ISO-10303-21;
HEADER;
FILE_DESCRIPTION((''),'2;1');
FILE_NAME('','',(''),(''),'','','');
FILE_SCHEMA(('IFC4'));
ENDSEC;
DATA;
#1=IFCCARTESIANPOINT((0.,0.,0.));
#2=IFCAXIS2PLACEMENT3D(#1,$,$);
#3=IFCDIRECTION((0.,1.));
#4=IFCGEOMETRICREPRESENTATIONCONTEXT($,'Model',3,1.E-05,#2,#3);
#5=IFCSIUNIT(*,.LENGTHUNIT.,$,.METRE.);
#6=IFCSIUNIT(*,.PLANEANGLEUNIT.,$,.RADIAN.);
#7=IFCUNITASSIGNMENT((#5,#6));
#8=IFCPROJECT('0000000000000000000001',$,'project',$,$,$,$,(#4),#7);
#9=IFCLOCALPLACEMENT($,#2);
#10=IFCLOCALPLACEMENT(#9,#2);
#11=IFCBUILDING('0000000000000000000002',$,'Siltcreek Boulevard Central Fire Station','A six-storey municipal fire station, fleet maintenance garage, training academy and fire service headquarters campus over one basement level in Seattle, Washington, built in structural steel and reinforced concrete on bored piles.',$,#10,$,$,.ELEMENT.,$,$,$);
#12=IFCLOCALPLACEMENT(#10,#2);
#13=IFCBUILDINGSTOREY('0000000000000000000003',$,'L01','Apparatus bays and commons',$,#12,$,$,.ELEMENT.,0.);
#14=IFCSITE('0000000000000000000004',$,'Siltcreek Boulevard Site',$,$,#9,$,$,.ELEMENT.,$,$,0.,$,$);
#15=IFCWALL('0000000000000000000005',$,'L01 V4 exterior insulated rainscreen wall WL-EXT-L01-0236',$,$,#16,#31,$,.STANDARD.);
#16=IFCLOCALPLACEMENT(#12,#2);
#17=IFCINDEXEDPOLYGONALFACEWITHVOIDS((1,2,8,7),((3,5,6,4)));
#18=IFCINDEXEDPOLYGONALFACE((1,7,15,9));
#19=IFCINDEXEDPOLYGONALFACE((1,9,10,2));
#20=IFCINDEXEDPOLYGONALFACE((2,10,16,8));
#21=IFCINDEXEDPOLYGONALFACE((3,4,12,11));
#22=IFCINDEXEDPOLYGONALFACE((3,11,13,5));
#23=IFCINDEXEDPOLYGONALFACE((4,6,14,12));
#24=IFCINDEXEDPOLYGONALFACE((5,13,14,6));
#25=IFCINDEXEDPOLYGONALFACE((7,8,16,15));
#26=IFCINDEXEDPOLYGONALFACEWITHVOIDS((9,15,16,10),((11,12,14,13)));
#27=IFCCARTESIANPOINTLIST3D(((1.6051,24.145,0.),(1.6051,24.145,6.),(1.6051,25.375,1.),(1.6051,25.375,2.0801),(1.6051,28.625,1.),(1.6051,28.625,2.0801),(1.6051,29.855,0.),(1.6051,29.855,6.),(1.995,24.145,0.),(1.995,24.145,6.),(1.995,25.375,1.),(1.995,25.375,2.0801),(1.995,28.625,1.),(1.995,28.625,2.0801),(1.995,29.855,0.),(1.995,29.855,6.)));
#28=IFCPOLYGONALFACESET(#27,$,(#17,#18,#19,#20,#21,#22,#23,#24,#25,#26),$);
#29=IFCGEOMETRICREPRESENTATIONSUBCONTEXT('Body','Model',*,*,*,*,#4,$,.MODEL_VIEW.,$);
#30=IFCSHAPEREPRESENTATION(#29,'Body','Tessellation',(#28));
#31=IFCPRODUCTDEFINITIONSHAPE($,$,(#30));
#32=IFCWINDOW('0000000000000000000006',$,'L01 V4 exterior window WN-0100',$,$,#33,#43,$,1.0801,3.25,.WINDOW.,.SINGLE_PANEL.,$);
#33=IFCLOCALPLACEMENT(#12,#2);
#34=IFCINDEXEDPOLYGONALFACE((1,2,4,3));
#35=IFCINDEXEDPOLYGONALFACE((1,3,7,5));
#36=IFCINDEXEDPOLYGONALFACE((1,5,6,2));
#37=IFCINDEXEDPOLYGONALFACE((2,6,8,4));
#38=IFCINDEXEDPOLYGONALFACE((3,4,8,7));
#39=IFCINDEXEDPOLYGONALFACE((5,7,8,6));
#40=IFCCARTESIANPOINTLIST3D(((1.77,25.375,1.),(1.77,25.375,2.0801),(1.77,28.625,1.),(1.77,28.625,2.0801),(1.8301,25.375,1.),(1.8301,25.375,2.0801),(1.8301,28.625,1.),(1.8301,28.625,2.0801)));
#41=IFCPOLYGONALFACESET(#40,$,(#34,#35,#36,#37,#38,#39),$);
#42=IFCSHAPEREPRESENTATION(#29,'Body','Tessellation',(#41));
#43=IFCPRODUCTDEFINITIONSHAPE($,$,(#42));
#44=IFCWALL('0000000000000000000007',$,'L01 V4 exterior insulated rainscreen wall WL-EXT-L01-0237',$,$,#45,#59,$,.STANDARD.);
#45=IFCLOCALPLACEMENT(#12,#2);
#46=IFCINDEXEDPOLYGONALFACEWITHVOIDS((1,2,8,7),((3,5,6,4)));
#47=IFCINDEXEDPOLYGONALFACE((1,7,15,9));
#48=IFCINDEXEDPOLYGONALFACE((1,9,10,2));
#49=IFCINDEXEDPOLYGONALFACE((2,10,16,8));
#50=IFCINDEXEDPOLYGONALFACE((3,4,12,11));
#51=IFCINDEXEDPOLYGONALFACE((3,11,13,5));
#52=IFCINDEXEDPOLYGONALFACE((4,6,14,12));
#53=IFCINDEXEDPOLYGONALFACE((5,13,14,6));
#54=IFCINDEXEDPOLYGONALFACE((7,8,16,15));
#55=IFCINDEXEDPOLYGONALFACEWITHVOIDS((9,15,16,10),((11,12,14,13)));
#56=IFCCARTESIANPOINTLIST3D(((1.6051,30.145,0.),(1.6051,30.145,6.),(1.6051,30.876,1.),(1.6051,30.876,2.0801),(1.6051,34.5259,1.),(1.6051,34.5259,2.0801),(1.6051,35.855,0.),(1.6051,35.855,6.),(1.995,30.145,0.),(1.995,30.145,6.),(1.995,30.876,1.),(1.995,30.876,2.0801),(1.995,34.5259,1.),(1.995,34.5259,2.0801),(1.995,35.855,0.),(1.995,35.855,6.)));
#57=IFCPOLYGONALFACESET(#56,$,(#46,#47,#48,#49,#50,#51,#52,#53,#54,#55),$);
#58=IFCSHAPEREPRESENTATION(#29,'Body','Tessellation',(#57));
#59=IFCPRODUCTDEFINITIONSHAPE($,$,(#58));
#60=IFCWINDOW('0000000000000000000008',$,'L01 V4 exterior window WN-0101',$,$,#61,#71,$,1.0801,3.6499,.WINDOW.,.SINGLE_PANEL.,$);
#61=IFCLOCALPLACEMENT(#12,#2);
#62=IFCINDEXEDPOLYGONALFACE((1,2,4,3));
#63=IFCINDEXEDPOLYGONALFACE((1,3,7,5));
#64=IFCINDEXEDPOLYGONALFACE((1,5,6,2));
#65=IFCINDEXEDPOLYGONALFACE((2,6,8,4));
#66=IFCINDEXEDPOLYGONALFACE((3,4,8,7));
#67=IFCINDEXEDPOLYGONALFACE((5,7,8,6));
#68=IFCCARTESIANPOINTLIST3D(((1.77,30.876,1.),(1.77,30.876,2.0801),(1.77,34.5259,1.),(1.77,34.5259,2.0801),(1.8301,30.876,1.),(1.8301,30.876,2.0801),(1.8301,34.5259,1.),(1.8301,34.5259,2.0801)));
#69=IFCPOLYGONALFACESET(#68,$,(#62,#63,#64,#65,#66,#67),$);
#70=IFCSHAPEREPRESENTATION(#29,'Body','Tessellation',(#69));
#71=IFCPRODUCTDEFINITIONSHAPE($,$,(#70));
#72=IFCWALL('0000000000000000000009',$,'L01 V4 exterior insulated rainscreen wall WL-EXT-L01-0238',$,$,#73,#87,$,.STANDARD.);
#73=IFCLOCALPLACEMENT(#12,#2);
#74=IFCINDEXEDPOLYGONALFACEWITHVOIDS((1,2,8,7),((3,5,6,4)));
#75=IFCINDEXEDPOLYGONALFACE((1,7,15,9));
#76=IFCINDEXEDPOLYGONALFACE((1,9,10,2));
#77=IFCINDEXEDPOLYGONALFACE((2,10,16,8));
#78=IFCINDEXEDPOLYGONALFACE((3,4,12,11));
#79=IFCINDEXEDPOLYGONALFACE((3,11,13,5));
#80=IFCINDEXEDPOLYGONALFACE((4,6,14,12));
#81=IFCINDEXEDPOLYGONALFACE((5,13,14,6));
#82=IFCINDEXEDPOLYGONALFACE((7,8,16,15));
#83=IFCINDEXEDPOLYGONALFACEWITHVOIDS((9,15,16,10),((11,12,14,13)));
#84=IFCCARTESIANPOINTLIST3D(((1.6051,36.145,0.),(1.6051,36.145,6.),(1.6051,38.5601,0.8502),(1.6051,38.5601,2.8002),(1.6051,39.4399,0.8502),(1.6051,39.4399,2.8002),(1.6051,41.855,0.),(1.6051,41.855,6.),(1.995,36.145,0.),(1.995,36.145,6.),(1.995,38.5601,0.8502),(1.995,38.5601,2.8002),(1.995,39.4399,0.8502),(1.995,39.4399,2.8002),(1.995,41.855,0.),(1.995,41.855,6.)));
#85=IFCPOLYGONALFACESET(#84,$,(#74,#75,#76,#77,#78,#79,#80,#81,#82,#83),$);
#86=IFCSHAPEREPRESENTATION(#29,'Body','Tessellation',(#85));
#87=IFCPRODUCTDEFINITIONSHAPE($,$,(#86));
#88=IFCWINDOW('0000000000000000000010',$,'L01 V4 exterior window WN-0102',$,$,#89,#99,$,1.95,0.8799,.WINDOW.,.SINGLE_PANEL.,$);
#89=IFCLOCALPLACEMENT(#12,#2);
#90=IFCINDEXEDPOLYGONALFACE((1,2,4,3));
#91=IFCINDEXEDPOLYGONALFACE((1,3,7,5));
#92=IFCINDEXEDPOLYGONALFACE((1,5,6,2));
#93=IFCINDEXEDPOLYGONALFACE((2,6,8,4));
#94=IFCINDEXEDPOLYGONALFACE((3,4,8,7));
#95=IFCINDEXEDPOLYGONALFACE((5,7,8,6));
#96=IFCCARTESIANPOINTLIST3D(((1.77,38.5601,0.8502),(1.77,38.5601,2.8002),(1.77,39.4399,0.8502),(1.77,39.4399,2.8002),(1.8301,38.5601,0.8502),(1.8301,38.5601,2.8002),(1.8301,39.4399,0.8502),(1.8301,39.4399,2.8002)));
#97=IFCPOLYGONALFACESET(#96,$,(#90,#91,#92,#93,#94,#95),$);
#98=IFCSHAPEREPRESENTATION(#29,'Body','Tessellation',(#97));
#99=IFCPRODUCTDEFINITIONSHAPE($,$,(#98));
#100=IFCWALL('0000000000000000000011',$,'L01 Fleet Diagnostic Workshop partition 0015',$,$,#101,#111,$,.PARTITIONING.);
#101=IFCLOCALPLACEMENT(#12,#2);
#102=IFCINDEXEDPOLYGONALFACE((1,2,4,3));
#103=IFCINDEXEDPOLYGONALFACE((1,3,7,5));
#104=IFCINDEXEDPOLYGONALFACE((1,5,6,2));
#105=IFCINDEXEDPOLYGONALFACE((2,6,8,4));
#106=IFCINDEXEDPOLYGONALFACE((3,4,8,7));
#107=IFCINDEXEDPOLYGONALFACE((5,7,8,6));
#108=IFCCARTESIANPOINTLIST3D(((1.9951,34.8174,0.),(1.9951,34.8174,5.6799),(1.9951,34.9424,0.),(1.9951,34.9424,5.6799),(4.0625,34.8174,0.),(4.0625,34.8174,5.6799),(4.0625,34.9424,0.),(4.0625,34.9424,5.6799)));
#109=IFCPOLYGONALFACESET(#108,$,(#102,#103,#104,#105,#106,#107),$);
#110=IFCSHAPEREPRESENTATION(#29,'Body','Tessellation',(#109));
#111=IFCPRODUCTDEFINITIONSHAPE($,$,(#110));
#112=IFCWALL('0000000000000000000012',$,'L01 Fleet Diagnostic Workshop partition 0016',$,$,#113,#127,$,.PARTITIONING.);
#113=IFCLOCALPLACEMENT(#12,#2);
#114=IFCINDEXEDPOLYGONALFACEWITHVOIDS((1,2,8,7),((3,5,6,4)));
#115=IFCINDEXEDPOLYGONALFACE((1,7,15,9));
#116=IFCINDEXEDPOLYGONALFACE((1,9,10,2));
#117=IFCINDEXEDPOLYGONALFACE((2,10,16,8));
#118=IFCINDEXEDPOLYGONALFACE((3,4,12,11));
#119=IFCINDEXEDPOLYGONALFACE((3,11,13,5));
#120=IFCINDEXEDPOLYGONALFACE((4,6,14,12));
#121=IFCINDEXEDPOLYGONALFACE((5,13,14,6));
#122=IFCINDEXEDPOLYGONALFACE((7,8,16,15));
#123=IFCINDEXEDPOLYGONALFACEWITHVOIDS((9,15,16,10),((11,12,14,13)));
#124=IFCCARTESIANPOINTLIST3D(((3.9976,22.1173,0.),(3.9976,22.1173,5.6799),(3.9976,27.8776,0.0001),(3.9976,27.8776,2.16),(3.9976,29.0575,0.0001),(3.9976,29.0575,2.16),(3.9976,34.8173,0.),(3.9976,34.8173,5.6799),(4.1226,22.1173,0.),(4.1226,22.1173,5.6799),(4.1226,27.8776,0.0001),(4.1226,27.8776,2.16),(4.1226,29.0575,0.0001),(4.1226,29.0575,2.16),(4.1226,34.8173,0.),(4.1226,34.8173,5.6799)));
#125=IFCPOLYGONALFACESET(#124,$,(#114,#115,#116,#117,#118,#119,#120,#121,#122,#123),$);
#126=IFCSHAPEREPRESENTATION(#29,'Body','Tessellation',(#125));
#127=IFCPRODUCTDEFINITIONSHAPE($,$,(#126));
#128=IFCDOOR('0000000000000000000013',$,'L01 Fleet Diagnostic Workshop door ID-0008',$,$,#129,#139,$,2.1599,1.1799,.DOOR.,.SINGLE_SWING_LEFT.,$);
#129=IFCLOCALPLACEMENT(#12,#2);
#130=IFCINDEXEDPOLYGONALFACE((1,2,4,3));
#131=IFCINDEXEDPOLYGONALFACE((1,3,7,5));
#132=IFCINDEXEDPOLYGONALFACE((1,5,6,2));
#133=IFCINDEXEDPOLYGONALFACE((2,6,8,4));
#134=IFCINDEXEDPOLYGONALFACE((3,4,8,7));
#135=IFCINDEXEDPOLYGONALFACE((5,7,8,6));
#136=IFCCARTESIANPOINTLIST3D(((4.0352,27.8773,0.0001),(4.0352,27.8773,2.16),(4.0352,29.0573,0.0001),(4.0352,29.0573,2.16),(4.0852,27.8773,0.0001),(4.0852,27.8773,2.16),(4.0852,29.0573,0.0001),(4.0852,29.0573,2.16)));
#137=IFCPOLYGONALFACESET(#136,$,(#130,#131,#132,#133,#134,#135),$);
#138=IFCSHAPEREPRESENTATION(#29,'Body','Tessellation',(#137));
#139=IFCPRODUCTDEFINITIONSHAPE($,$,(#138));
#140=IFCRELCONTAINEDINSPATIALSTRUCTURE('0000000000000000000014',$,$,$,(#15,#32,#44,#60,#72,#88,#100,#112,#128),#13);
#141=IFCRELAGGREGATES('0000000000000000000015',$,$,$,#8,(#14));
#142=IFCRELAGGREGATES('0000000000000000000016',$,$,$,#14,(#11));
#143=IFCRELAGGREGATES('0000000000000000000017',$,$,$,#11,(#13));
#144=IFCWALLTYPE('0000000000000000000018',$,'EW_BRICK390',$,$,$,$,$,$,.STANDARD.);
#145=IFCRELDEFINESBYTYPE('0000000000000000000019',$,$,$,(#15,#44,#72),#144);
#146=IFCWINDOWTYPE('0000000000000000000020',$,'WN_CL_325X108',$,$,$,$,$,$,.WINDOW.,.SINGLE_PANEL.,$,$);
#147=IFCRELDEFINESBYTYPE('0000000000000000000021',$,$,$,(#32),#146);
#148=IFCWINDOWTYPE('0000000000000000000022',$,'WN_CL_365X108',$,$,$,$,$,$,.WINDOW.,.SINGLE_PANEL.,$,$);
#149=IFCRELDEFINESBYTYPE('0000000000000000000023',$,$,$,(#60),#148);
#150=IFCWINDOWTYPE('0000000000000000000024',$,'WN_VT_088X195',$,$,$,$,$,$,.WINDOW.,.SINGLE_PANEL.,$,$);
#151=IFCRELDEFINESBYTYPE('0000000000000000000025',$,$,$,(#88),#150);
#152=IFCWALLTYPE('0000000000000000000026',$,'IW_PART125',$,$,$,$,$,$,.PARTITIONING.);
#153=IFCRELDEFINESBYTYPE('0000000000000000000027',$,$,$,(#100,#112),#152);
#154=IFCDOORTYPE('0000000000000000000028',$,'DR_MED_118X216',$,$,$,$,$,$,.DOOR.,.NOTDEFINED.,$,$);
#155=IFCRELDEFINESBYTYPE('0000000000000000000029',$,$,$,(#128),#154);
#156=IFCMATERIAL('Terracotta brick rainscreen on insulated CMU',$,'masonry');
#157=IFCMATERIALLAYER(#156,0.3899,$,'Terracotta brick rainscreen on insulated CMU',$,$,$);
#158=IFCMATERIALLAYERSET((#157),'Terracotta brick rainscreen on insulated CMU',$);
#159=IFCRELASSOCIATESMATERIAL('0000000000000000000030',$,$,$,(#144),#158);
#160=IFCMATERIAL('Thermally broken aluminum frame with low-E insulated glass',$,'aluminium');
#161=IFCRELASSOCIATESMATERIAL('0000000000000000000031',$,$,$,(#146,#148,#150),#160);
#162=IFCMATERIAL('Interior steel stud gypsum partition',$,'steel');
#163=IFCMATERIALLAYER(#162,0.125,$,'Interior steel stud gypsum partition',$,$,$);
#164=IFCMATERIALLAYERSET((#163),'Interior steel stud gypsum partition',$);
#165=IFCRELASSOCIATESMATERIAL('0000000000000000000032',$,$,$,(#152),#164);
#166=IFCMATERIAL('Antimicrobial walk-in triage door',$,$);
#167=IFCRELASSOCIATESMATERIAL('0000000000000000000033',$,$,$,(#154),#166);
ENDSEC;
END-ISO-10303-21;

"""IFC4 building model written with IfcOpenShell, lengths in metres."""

from ifc_helpers import new_model, si_unit, direction, frame, frame_2d, origin, place, context, subcontext, project, spatial, rectangle, extrude, material, layer, layer_set, type_object, element, fill, save


model = new_model("IFC4")

# Units and contexts
model_context = context("Model", 3, precision=1e-05, world=origin(), true_north=direction((0.0, 1.0)))
body_context = subcontext(model_context, "Body", "Model", "MODEL_VIEW")
ifc_project = project(units=[si_unit("LENGTHUNIT", "METRE"), si_unit("PLANEANGLEUNIT", "RADIAN")], contexts=[model_context])

# Site, building, storey
site_placement = place(None, origin())
site = spatial("IfcSite", under=ifc_project, at=site_placement, Name="Siltcreek Boulevard Site", CompositionType="ELEMENT", RefElevation=0.0)
building_placement = place(site_placement, origin())
building = spatial("IfcBuilding", under=site, at=building_placement, Name="Siltcreek Boulevard Central Fire Station", Description="A six-storey municipal fire station, fleet maintenance garage, training academy and fire service headquarters campus over one basement level in Seattle, Washington, built in structural steel and reinforced concrete on bored piles.", CompositionType="ELEMENT")
storey_placement = place(building_placement, origin())
storey = spatial("IfcBuildingStorey", under=building, at=storey_placement, Name="L01", Description="Apparatus bays and commons", CompositionType="ELEMENT", Elevation=0.0)

# Walls, openings, windows
ifc_material_1 = material(Name="Terracotta brick rainscreen on insulated CMU", Category="masonry")
ifc_layer_1 = layer(ifc_material_1, 0.3899, Name="Terracotta brick rainscreen on insulated CMU")
ifc_layer_set_1 = layer_set([ifc_layer_1], Name="Terracotta brick rainscreen on insulated CMU")
wall_type_1 = type_object("IfcWallType", Name="EW_BRICK390", PredefinedType="STANDARD", material=ifc_layer_set_1)
wall_1_placement = place(storey_placement, frame((1.8, 29.855, 0.0), z_axis=(0.0, 0.0, 1.0), x_axis=(0.0, -1.0, 0.0)))
wall_1 = element("IfcWall", 1, at=wall_1_placement, inside=storey, type_object=wall_type_1, Name="L01 V4 exterior insulated rainscreen wall WL-EXT-L01-0236", PredefinedType="STANDARD", context=body_context, shape_type="SweptSolid", body=[
    extrude(rectangle(XDim=5.71, YDim=0.3899, at=frame_2d((2.855, 0.0))), origin(), (0.0, 0.0, 1.0), 6.0),
])
opening_1_placement = place(wall_1_placement, frame((1.23, 0.0, 1.0)))
opening_1 = element("IfcOpeningElement", 2, at=opening_1_placement, cuts=wall_1, PredefinedType="OPENING", context=body_context, shape_type="SweptSolid", body=[
    extrude(rectangle(XDim=3.25, YDim=1.0801, at=frame_2d((1.625, 0.54))), frame((0.0, 0.2048, 0.0), z_axis=(0.0, -1.0, 0.0), x_axis=(1.0, 0.0, 0.0)), (0.0, 0.0, 1.0), 0.4099),
])
ifc_material_2 = material(Name="Thermally broken aluminum frame with low-E insulated glass", Category="aluminium")
window_type_1 = type_object("IfcWindowType", Name="WN_CL_325X108", PartitioningType="SINGLE_PANEL", PredefinedType="WINDOW", material=ifc_material_2)
window_1_placement = place(opening_1_placement, origin())
window_1 = element("IfcWindow", 3, at=window_1_placement, inside=storey, type_object=window_type_1, Name="L01 V4 exterior window WN-0100", OverallHeight=1.0801, OverallWidth=3.25, PartitioningType="SINGLE_PANEL", PredefinedType="WINDOW", context=body_context, shape_type="SweptSolid", body=[
    extrude(rectangle(XDim=3.25, YDim=1.0801, at=frame_2d((1.625, 0.54))), frame((0.0, 0.03, 0.0), z_axis=(0.0, -1.0, 0.0), x_axis=(1.0, 0.0, 0.0)), (0.0, 0.0, 1.0), 0.0601),
])
fill(opening_1, window_1)
wall_2_placement = place(storey_placement, frame((1.8, 35.855, 0.0), z_axis=(0.0, 0.0, 1.0), x_axis=(0.0, -1.0, 0.0)))
wall_2 = element("IfcWall", 4, at=wall_2_placement, inside=storey, type_object=wall_type_1, Name="L01 V4 exterior insulated rainscreen wall WL-EXT-L01-0237", PredefinedType="STANDARD", context=body_context, shape_type="SweptSolid", body=[
    extrude(rectangle(XDim=5.71, YDim=0.3899, at=frame_2d((2.855, 0.0))), origin(), (0.0, 0.0, 1.0), 6.0),
])
opening_2_placement = place(wall_2_placement, frame((1.3291, 0.0, 1.0)))
opening_2 = element("IfcOpeningElement", 5, at=opening_2_placement, cuts=wall_2, PredefinedType="OPENING", context=body_context, shape_type="SweptSolid", body=[
    extrude(rectangle(XDim=3.6499, YDim=1.0801, at=frame_2d((1.825, 0.54))), frame((0.0, 0.2048, 0.0), z_axis=(0.0, -1.0, 0.0), x_axis=(1.0, 0.0, 0.0)), (0.0, 0.0, 1.0), 0.4099),
])
window_type_2 = type_object("IfcWindowType", Name="WN_CL_365X108", PartitioningType="SINGLE_PANEL", PredefinedType="WINDOW", material=ifc_material_2)
window_2_placement = place(opening_2_placement, origin())
window_2 = element("IfcWindow", 6, at=window_2_placement, inside=storey, type_object=window_type_2, Name="L01 V4 exterior window WN-0101", OverallHeight=1.0801, OverallWidth=3.6499, PartitioningType="SINGLE_PANEL", PredefinedType="WINDOW", context=body_context, shape_type="SweptSolid", body=[
    extrude(rectangle(XDim=3.6499, YDim=1.0801, at=frame_2d((1.825, 0.54))), frame((0.0, 0.03, 0.0), z_axis=(0.0, -1.0, 0.0), x_axis=(1.0, 0.0, 0.0)), (0.0, 0.0, 1.0), 0.0601),
])
fill(opening_2, window_2)
wall_3_placement = place(storey_placement, frame((1.8, 41.855, 0.0), z_axis=(0.0, 0.0, 1.0), x_axis=(0.0, -1.0, 0.0)))
wall_3 = element("IfcWall", 7, at=wall_3_placement, inside=storey, type_object=wall_type_1, Name="L01 V4 exterior insulated rainscreen wall WL-EXT-L01-0238", PredefinedType="STANDARD", context=body_context, shape_type="SweptSolid", body=[
    extrude(rectangle(XDim=5.71, YDim=0.3899, at=frame_2d((2.855, 0.0))), origin(), (0.0, 0.0, 1.0), 6.0),
])
opening_3_placement = place(wall_3_placement, frame((2.415, 0.0, 0.8501)))
opening_3 = element("IfcOpeningElement", 8, at=opening_3_placement, cuts=wall_3, PredefinedType="OPENING", context=body_context, shape_type="SweptSolid", body=[
    extrude(rectangle(XDim=0.8799, YDim=1.95, at=frame_2d((0.4399, 0.9751))), frame((0.0, 0.2048, 0.0), z_axis=(0.0, -1.0, 0.0), x_axis=(1.0, 0.0, 0.0)), (0.0, 0.0, 1.0), 0.4099),
])
window_type_3 = type_object("IfcWindowType", Name="WN_VT_088X195", PartitioningType="SINGLE_PANEL", PredefinedType="WINDOW", material=ifc_material_2)
window_3_placement = place(opening_3_placement, origin())
window_3 = element("IfcWindow", 9, at=window_3_placement, inside=storey, type_object=window_type_3, Name="L01 V4 exterior window WN-0102", OverallHeight=1.95, OverallWidth=0.8799, PartitioningType="SINGLE_PANEL", PredefinedType="WINDOW", context=body_context, shape_type="SweptSolid", body=[
    extrude(rectangle(XDim=0.8799, YDim=1.95, at=frame_2d((0.4399, 0.9751))), frame((0.0, 0.03, 0.0), z_axis=(0.0, -1.0, 0.0), x_axis=(1.0, 0.0, 0.0)), (0.0, 0.0, 1.0), 0.0601),
])
fill(opening_3, window_3)

# Wall
ifc_material_3 = material(Name="Interior steel stud gypsum partition", Category="steel")
ifc_layer_2 = layer(ifc_material_3, 0.125, Name="Interior steel stud gypsum partition")
ifc_layer_set_2 = layer_set([ifc_layer_2], Name="Interior steel stud gypsum partition")
wall_type_2 = type_object("IfcWallType", Name="IW_PART125", PredefinedType="PARTITIONING", material=ifc_layer_set_2)
wall_4_placement = place(storey_placement, frame((1.9951, 34.8799, 0.0), z_axis=(0.0, 0.0, 1.0), x_axis=(1.0, 0.0, 0.0)))
element("IfcWall", 10, at=wall_4_placement, inside=storey, type_object=wall_type_2, Name="L01 Fleet Diagnostic Workshop partition 0015", PredefinedType="PARTITIONING", context=body_context, shape_type="SweptSolid", body=[
    extrude(rectangle(XDim=2.0674, YDim=0.125, at=frame_2d((1.0337, 0.0))), origin(), (0.0, 0.0, 1.0), 5.6799),
])

# Wall, opening, door
wall_5_placement = place(storey_placement, frame((4.0601, 34.8174, 0.0), z_axis=(0.0, 0.0, 1.0), x_axis=(0.0, -1.0, 0.0)))
wall_5 = element("IfcWall", 11, at=wall_5_placement, inside=storey, type_object=wall_type_2, Name="L01 Fleet Diagnostic Workshop partition 0016", PredefinedType="PARTITIONING", context=body_context, shape_type="SweptSolid", body=[
    extrude(rectangle(XDim=12.7, YDim=0.125, at=frame_2d((6.3501, 0.0))), origin(), (0.0, 0.0, 1.0), 5.6799),
])
opening_4_placement = place(wall_5_placement, frame((5.76, 0.0, 0.0)))
opening_4 = element("IfcOpeningElement", 12, at=opening_4_placement, cuts=wall_5, PredefinedType="OPENING", context=body_context, shape_type="SweptSolid", body=[
    extrude(rectangle(XDim=1.1799, YDim=2.1599, at=frame_2d((0.5898, 1.0801))), frame((0.0, 0.0725, 0.0), z_axis=(0.0, -1.0, 0.0), x_axis=(1.0, 0.0, 0.0)), (0.0, 0.0, 1.0), 0.145),
])
ifc_material_4 = material(Name="Antimicrobial walk-in triage door")
door_type = type_object("IfcDoorType", Name="DR_MED_118X216", OperationType="NOTDEFINED", PredefinedType="DOOR", material=ifc_material_4)
door_placement = place(opening_4_placement, frame((1.1799, 0.0, 0.0), z_axis=(0.0, 0.0, 1.0), x_axis=(-1.0, 0.0, 0.0)))
door = element("IfcDoor", 13, at=door_placement, inside=storey, type_object=door_type, Name="L01 Fleet Diagnostic Workshop door ID-0008", OperationType="SINGLE_SWING_LEFT", OverallHeight=2.1599, OverallWidth=1.1799, PredefinedType="DOOR", context=body_context, shape_type="SweptSolid", body=[
    extrude(rectangle(XDim=1.1799, YDim=2.1599, at=frame_2d((0.5898, 1.0801))), frame((0.0, 0.0249, 0.0), z_axis=(0.0, -1.0, 0.0), x_axis=(1.0, 0.0, 0.0)), (0.0, 0.0, 1.0), 0.05),
])
fill(opening_4, door)

save(model, "model.ifc")
